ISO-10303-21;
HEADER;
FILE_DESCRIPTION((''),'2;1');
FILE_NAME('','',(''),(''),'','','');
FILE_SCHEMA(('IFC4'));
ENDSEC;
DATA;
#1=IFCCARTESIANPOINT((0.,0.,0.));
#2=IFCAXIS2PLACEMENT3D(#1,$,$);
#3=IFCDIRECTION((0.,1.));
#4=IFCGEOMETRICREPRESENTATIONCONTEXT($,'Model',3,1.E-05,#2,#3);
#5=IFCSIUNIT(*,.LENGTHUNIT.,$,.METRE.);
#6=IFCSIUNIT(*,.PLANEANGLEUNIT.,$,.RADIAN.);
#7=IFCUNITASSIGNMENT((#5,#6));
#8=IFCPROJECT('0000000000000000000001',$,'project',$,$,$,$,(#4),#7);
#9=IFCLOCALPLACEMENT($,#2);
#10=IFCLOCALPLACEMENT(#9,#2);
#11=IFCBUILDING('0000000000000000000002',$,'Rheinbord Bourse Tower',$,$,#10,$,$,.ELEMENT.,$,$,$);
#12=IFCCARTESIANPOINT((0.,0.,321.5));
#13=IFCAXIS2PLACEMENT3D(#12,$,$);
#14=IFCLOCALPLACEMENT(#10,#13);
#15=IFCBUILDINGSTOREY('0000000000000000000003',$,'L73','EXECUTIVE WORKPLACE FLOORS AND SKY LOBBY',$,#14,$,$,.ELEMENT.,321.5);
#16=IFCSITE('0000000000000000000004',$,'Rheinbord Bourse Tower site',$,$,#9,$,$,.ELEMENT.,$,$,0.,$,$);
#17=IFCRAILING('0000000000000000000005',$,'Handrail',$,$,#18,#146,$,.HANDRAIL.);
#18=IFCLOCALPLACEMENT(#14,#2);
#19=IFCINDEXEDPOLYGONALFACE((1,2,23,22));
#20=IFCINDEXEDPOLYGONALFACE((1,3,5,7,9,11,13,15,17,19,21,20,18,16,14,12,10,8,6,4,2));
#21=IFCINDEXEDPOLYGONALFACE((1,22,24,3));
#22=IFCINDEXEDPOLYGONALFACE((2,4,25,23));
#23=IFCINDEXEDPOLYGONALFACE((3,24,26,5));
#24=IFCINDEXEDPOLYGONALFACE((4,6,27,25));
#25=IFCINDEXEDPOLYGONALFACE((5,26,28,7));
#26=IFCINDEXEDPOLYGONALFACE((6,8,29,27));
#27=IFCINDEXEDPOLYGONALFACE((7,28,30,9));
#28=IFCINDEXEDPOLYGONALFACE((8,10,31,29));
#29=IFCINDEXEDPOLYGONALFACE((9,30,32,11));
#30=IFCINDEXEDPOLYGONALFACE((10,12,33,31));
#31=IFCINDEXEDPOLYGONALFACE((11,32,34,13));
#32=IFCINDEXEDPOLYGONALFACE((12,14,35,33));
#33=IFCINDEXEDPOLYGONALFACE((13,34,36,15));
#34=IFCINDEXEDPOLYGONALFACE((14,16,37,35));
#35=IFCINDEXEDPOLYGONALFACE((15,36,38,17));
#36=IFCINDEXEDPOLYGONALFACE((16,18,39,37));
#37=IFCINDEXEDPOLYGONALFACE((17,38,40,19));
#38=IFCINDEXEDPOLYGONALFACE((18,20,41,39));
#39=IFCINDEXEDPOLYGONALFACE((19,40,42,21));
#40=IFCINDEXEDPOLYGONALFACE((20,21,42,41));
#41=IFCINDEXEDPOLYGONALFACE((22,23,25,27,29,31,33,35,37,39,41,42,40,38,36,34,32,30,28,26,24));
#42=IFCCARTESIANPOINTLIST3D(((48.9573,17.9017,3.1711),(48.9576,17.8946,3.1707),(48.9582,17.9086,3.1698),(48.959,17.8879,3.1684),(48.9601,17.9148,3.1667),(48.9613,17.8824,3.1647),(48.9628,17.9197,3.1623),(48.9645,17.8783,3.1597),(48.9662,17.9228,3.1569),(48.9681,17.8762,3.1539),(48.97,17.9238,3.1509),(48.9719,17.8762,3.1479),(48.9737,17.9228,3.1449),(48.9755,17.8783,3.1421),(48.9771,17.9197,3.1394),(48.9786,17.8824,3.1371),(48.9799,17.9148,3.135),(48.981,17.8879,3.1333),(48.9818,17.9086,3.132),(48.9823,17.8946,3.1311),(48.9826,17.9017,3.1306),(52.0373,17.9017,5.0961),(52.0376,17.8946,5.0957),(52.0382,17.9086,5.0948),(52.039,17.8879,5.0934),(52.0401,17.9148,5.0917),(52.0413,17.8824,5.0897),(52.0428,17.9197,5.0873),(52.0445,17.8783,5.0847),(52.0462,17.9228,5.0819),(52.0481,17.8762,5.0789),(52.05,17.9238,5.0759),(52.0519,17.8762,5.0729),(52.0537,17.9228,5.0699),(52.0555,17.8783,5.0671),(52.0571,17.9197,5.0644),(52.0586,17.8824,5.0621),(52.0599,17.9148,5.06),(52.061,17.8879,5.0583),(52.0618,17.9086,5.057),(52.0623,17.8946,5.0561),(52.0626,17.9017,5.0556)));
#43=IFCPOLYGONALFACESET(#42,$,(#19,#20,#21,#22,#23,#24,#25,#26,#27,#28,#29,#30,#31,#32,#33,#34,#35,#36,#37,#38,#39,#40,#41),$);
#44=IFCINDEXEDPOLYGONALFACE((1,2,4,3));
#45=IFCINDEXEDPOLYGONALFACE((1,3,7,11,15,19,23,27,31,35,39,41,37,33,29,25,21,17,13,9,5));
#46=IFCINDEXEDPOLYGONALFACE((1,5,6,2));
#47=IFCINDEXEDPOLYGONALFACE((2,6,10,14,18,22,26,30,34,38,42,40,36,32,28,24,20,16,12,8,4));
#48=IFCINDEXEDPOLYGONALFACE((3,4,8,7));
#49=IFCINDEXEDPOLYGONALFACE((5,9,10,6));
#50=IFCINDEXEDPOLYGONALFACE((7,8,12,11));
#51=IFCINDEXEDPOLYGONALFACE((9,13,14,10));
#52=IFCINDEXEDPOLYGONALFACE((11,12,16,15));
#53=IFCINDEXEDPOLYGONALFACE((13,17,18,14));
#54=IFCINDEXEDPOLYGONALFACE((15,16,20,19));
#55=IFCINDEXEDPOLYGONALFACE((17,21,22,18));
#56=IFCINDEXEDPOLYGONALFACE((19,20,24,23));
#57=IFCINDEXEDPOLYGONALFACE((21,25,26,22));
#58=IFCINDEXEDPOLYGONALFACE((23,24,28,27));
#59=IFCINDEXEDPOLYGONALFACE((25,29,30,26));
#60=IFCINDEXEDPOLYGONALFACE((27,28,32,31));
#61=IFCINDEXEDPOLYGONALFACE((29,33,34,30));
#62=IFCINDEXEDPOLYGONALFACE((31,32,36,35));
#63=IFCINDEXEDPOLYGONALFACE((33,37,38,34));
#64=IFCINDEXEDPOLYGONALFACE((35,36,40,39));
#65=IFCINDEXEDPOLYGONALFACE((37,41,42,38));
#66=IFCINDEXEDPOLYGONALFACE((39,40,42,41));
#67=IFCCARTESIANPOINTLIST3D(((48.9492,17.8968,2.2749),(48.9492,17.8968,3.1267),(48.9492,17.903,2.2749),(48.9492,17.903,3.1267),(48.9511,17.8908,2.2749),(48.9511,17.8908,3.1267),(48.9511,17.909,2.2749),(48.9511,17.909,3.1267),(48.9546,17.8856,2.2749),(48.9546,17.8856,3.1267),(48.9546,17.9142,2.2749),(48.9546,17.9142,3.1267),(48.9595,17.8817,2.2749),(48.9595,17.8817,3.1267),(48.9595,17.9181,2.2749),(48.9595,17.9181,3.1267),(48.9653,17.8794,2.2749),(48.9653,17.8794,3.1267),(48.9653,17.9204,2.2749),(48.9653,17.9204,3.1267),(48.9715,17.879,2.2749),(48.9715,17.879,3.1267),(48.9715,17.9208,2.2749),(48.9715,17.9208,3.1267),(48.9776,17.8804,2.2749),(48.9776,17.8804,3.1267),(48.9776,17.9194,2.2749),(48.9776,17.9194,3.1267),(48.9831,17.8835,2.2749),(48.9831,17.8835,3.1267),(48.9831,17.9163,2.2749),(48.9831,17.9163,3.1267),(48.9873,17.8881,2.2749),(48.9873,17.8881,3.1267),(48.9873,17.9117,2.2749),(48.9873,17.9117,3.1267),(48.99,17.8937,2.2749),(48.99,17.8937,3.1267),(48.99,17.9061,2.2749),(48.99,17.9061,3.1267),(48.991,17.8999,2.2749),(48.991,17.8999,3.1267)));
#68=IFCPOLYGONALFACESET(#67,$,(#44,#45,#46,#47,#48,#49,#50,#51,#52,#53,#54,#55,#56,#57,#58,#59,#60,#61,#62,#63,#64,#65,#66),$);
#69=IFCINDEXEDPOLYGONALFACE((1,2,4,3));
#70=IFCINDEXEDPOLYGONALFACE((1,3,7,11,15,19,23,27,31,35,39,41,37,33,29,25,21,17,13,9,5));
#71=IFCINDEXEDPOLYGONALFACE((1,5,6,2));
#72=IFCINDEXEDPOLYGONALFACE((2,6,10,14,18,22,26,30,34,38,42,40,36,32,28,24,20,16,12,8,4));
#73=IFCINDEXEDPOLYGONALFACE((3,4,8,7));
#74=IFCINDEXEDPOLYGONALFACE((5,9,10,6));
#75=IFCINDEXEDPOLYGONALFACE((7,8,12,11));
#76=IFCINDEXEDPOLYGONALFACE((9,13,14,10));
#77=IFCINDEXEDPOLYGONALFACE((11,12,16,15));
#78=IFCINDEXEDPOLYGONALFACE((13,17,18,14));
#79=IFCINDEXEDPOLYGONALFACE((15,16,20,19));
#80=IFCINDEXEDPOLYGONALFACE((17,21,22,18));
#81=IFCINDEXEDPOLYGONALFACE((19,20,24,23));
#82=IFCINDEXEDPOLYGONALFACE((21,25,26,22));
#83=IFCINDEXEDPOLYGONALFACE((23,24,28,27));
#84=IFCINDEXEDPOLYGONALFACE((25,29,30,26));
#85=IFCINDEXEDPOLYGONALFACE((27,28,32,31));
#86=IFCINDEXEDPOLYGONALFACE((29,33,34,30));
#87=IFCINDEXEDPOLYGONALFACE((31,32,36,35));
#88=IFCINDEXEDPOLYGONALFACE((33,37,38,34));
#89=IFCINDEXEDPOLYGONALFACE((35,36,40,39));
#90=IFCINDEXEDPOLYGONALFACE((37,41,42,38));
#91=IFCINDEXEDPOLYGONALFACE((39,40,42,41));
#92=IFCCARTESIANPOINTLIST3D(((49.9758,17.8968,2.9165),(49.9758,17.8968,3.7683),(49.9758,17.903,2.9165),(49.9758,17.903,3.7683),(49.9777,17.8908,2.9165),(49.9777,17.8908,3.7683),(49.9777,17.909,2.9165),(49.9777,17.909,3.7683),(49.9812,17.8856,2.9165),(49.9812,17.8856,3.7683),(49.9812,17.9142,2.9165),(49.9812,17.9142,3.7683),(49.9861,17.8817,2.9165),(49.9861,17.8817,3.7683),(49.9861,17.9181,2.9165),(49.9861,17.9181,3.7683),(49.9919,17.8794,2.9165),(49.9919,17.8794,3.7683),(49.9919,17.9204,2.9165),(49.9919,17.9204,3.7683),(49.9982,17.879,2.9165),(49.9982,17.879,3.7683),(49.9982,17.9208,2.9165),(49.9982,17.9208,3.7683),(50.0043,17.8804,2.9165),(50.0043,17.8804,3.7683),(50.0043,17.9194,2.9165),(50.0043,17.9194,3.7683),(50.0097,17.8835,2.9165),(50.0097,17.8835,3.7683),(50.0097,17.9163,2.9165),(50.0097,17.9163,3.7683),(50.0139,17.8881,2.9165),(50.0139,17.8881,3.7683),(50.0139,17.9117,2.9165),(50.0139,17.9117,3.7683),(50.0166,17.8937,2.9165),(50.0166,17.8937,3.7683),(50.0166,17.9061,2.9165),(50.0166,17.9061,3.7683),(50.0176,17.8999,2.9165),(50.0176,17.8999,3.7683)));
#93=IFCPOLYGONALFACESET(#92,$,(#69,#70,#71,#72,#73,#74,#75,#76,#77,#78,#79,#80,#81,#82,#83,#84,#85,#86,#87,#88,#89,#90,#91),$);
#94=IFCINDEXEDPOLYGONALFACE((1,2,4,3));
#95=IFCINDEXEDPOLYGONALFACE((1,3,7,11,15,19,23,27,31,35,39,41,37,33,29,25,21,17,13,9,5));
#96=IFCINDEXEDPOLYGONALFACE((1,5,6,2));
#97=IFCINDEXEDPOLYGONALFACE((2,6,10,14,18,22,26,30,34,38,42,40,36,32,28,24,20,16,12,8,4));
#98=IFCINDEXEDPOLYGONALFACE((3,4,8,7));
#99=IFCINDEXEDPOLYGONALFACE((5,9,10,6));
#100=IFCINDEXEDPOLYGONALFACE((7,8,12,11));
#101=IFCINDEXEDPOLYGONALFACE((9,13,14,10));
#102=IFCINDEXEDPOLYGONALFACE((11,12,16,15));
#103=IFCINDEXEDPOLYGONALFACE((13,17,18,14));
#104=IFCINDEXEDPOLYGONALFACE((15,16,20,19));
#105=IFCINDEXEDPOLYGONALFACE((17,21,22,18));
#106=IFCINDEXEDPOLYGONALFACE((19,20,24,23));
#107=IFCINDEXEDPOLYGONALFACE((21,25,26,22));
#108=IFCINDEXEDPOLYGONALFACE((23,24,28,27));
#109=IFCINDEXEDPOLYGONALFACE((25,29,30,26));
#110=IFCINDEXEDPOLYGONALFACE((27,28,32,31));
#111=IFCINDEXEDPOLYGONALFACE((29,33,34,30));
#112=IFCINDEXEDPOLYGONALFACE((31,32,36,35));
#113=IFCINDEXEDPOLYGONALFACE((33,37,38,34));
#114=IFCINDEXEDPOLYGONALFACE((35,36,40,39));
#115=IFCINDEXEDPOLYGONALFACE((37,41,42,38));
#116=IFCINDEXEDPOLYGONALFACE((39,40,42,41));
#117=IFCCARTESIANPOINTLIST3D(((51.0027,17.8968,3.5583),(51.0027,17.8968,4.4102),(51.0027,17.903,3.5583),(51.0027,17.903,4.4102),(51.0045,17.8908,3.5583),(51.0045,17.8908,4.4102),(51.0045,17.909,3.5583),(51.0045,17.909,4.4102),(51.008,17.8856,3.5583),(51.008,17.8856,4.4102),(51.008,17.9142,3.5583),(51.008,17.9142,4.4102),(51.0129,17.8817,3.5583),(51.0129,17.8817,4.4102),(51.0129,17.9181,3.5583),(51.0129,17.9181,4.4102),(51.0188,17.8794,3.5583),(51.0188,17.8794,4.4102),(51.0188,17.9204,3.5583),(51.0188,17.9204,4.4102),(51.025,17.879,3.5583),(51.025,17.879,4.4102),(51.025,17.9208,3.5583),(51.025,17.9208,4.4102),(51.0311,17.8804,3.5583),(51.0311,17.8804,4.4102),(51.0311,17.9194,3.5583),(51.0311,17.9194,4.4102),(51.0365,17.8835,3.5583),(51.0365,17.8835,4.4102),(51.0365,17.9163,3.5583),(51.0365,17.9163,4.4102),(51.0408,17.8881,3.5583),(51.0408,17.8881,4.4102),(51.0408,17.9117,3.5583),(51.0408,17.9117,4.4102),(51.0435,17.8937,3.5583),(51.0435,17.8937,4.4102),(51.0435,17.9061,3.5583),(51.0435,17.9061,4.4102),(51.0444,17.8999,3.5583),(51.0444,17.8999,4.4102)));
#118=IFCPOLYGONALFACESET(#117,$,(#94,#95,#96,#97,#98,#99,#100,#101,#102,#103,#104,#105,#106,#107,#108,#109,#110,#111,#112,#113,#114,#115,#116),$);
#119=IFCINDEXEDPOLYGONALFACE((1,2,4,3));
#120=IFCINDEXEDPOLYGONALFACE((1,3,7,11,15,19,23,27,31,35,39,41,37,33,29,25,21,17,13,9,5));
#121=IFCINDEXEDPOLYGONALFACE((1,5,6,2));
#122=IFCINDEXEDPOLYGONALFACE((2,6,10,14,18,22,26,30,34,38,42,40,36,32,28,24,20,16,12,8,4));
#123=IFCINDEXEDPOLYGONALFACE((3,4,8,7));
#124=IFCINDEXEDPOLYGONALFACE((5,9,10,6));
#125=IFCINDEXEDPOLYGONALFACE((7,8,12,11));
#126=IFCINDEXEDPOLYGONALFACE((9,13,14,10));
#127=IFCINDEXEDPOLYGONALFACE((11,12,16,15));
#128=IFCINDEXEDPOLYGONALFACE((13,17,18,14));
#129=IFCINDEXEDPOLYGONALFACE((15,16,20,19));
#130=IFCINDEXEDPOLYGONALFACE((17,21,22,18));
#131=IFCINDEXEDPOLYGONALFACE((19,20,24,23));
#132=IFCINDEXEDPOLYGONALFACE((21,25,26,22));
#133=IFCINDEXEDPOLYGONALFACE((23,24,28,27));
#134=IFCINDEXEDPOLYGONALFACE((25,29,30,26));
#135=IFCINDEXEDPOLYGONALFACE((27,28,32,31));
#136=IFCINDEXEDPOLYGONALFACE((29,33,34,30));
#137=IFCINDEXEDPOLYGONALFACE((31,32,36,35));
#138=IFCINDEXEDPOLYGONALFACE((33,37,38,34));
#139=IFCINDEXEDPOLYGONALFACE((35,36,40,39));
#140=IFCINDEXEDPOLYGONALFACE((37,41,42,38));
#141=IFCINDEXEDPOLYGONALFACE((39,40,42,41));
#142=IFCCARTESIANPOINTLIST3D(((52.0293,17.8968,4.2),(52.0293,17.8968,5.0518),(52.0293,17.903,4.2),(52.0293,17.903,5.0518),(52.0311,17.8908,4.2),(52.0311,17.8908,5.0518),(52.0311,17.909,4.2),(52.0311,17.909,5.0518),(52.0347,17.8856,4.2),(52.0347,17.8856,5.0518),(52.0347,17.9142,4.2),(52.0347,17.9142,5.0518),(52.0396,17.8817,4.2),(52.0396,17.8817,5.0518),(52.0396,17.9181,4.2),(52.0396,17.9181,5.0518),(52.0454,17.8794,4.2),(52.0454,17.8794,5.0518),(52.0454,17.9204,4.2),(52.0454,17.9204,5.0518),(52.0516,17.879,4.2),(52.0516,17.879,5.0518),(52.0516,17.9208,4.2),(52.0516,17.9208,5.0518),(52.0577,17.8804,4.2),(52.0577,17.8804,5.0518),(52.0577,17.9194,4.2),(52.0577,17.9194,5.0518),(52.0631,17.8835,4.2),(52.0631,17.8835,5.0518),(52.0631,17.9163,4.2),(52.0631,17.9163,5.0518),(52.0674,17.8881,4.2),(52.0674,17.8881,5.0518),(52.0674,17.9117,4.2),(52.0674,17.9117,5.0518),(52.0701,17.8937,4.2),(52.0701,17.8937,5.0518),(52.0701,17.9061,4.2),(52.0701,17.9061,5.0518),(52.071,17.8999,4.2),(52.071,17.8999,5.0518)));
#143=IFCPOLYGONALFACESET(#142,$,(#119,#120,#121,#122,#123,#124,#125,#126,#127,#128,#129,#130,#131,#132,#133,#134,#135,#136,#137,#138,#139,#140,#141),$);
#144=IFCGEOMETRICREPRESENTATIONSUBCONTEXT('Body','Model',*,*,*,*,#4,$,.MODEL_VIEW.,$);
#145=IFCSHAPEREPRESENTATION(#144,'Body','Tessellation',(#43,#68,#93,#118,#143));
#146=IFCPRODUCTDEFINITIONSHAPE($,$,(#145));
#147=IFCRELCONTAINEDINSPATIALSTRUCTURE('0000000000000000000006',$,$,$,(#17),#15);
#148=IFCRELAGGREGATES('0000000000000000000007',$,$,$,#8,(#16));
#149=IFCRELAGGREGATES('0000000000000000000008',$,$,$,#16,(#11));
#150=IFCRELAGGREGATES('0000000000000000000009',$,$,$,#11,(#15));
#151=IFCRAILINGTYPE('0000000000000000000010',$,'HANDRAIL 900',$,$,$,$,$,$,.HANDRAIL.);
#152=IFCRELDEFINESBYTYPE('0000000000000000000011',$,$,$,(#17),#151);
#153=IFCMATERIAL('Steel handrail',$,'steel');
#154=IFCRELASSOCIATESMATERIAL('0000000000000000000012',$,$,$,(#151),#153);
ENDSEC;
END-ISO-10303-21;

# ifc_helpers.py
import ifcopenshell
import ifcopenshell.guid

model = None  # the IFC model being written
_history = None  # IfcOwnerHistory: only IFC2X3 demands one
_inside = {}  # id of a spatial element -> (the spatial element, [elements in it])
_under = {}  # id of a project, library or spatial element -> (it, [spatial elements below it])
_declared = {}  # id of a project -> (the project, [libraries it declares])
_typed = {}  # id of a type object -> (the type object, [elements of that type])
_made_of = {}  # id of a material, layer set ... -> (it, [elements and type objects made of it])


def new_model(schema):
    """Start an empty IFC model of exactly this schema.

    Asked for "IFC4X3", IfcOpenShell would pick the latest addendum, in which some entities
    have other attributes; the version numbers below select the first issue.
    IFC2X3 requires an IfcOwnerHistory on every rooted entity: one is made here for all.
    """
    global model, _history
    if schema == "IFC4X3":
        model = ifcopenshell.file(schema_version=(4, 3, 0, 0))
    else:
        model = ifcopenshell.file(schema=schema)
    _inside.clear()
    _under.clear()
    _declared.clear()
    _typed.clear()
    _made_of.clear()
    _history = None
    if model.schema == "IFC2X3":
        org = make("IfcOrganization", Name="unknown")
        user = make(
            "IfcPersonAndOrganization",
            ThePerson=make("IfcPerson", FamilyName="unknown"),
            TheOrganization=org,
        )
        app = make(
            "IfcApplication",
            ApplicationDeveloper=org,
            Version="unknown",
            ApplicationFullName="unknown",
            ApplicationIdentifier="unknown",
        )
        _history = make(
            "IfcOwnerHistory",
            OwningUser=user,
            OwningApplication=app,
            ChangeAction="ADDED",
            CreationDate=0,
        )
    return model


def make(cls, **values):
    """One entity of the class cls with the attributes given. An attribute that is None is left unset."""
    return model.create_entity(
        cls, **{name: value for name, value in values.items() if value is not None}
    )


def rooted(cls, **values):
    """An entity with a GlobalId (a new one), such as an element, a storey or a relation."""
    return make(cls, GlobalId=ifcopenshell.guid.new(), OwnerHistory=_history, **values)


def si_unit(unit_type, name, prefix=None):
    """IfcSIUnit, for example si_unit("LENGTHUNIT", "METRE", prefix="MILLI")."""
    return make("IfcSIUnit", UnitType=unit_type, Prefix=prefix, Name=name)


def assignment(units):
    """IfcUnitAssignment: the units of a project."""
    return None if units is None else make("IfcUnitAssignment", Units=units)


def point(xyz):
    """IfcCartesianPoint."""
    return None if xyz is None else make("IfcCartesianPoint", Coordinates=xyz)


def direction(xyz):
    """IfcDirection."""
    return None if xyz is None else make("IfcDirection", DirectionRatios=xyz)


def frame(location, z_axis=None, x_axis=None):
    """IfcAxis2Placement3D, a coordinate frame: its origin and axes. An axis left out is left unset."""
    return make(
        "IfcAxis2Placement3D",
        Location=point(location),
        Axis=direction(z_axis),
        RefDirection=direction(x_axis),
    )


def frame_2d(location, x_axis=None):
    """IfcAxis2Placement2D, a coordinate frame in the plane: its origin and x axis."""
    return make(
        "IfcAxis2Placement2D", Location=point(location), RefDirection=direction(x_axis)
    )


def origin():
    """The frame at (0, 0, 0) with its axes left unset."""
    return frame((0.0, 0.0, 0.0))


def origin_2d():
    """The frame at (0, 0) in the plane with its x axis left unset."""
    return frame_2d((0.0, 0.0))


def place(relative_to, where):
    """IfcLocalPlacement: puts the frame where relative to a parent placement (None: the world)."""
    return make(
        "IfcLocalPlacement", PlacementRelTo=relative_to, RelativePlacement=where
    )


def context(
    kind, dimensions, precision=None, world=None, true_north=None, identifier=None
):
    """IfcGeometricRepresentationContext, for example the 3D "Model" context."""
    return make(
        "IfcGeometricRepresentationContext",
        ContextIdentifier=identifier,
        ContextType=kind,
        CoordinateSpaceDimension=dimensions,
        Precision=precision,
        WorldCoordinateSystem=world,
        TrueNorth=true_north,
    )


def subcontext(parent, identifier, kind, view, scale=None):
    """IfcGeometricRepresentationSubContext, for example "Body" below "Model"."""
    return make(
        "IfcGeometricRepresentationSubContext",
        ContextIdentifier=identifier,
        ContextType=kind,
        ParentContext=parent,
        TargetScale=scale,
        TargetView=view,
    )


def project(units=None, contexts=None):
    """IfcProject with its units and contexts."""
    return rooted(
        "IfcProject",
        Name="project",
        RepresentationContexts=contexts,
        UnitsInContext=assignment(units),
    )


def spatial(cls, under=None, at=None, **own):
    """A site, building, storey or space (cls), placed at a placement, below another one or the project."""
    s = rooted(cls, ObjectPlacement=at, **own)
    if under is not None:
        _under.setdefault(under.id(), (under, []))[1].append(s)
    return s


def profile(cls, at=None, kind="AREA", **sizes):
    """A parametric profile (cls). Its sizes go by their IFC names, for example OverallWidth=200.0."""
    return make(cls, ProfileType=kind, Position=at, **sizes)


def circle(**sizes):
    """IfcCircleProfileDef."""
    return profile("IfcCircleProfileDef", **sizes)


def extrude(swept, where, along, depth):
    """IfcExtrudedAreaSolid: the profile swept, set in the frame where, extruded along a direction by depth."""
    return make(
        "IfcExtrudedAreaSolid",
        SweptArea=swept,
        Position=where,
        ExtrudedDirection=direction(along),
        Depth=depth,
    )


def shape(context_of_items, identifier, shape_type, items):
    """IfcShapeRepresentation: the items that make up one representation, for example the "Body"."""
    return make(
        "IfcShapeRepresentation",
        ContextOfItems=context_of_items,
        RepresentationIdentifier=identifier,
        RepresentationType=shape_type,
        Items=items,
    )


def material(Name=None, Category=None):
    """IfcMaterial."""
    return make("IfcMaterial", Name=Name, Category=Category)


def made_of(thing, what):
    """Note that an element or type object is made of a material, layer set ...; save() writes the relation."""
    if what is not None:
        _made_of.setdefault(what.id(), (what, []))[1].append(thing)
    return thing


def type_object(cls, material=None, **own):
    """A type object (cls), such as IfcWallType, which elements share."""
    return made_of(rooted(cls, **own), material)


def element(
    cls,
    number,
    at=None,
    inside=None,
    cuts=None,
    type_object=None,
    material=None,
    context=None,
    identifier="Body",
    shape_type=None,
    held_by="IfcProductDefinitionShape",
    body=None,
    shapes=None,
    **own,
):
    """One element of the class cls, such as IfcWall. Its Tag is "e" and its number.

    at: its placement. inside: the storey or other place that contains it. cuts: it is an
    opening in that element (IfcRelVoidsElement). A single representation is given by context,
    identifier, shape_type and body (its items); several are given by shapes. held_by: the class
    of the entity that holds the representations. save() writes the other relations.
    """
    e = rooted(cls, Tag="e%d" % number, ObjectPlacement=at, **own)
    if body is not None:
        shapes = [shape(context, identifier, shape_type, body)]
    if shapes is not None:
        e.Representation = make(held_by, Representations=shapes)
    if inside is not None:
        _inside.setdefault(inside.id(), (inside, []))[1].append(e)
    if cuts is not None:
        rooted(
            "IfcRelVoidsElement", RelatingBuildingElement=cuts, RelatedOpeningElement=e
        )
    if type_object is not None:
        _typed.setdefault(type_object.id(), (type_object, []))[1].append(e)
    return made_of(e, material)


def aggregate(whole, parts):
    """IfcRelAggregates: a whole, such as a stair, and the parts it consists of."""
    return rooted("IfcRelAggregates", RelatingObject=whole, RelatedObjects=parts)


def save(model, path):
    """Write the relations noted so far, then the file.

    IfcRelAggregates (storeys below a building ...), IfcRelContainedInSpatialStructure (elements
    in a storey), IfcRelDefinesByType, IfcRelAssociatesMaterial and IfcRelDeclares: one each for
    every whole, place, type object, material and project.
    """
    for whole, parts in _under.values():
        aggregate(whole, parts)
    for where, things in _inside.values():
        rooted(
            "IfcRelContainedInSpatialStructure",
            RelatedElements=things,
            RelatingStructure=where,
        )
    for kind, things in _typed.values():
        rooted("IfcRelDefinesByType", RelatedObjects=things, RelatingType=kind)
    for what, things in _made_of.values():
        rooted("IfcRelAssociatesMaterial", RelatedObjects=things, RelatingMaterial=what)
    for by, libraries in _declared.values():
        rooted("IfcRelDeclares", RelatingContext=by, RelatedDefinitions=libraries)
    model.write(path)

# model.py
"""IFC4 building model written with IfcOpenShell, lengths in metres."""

from ifc_helpers import new_model, si_unit, direction, frame, origin, origin_2d, place, context, subcontext, project, spatial, circle, extrude, material, type_object, element, save


model = new_model("IFC4")

# Units and contexts
model_context = context("Model", 3, precision=1e-05, world=origin(), true_north=direction((0.0, 1.0)))
body_context = subcontext(model_context, "Body", "Model", "MODEL_VIEW")
ifc_project = project(units=[si_unit("LENGTHUNIT", "METRE"), si_unit("PLANEANGLEUNIT", "RADIAN")], contexts=[model_context])

# Site, building, storey
site_placement = place(None, origin())
site = spatial("IfcSite", under=ifc_project, at=site_placement, Name="Rheinbord Bourse Tower site", CompositionType="ELEMENT", RefElevation=0.0)
building_placement = place(site_placement, origin())
building = spatial("IfcBuilding", under=site, at=building_placement, Name="Rheinbord Bourse Tower", CompositionType="ELEMENT")
storey_placement = place(building_placement, frame((0.0, 0.0, 321.5)))
storey = spatial("IfcBuildingStorey", under=building, at=storey_placement, Name="L73", Description="EXECUTIVE WORKPLACE FLOORS AND SKY LOBBY", CompositionType="ELEMENT", Elevation=321.5)

# Railing
ifc_material_1 = material(Name="Steel handrail", Category="steel")
railing_type = type_object("IfcRailingType", Name="HANDRAIL 900", PredefinedType="HANDRAIL", material=ifc_material_1)
railing_1_placement = place(storey_placement, frame((48.97, 17.8999, 2.2749)))
element("IfcRailing", 1, at=railing_1_placement, inside=storey, type_object=railing_type, Name="Handrail", PredefinedType="HANDRAIL", context=body_context, shape_type="SweptSolid", body=[
    extrude(circle(Radius=0.0239, at=origin_2d()), frame((0.0, 0.0, 0.876), z_axis=(0.847998, 0.0, 0.529999), x_axis=(0.0, 1.0, 0.0)), (0.0, 0.0, 1.0), 3.6321),
    extrude(circle(Radius=0.021, at=origin_2d()), origin(), (0.0, 0.0, 1.0), 0.8518),
    extrude(circle(Radius=0.021, at=origin_2d()), frame((1.0266, 0.0, 0.6416)), (0.0, 0.0, 1.0), 0.8518),
    extrude(circle(Radius=0.021, at=origin_2d()), frame((2.0535, 0.0, 1.2834)), (0.0, 0.0, 1.0), 0.8518),
    extrude(circle(Radius=0.021, at=origin_2d()), frame((3.0801, 0.0, 1.925)), (0.0, 0.0, 1.0), 0.8518),
])

save(model, "model.ifc")
